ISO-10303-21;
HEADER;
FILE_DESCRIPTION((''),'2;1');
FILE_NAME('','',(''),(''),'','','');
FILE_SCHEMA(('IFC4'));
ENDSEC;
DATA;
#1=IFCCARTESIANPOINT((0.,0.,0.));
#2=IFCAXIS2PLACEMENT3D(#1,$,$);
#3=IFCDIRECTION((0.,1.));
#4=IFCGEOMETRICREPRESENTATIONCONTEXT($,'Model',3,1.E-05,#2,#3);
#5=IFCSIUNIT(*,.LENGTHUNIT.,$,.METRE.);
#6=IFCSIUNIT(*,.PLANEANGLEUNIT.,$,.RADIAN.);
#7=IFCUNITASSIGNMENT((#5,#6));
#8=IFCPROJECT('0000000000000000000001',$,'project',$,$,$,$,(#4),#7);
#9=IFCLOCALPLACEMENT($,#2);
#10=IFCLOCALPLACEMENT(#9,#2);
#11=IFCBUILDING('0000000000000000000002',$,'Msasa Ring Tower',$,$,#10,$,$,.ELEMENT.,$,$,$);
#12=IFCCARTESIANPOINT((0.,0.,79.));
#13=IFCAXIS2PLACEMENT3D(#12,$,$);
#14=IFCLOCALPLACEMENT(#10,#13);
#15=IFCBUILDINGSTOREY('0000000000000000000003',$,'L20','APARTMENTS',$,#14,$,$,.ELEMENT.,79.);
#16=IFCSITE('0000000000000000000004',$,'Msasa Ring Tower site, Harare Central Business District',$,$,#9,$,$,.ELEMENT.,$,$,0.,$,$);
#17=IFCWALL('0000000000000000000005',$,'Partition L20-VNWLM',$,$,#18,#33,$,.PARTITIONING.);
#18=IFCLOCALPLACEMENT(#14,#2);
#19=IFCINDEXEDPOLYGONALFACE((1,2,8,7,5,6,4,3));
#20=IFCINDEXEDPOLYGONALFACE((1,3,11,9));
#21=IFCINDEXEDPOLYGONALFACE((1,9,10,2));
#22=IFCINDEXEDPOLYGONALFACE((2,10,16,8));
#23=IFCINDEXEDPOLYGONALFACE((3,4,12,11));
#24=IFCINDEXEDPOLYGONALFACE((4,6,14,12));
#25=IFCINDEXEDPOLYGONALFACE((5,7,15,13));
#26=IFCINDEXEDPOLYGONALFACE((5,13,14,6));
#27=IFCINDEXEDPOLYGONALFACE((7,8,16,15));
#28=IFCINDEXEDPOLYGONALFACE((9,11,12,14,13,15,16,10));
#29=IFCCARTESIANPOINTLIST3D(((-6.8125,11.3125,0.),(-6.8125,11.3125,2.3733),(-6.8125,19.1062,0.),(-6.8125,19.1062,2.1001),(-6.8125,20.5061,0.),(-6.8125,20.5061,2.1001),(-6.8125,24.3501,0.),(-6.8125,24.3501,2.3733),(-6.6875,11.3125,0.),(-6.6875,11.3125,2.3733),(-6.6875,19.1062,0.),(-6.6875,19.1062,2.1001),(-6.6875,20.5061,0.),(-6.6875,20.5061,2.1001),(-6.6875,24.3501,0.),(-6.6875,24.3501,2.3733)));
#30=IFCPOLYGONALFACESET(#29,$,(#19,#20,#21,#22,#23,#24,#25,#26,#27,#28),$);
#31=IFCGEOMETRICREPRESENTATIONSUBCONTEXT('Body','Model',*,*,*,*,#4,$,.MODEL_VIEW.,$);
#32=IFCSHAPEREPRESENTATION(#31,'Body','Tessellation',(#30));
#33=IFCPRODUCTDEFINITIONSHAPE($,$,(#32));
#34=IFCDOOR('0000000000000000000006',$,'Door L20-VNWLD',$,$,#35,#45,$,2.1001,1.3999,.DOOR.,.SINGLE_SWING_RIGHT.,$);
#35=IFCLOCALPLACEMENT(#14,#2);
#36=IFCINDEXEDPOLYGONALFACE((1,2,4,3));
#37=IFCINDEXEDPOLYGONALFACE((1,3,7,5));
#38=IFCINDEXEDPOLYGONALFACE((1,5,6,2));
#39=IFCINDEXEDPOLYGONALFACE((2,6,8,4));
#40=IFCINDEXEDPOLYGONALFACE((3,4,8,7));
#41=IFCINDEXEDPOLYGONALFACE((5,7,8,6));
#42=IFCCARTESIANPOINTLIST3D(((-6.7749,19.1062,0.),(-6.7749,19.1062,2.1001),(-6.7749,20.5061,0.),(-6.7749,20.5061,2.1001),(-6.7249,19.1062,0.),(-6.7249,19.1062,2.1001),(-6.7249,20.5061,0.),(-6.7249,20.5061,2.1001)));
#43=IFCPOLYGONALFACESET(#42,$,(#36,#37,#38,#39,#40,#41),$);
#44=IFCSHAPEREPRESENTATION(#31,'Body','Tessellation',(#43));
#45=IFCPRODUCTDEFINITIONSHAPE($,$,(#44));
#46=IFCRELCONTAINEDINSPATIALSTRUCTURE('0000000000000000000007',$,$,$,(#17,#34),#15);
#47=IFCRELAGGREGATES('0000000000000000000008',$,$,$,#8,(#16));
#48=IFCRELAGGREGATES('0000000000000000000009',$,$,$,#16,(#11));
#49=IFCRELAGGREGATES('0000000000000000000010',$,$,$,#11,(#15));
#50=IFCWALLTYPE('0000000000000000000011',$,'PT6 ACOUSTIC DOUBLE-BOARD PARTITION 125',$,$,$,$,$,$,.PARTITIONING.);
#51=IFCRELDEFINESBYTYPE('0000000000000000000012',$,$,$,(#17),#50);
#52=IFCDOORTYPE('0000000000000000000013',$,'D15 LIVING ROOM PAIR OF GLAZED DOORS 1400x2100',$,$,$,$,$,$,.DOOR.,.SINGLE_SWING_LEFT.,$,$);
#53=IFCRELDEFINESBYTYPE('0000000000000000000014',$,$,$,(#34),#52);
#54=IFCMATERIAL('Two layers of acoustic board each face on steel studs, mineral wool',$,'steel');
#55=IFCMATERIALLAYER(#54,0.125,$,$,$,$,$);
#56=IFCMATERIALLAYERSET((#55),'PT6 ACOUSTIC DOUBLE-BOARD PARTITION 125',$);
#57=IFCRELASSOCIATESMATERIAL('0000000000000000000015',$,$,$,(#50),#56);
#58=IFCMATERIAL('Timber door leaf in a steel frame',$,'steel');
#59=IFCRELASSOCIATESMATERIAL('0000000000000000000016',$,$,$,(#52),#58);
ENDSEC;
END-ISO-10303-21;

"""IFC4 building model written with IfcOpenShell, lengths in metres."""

from ifc_helpers import new_model, si_unit, direction, frame, frame_2d, origin, place, context, subcontext, project, spatial, rectangle, extrude, material, layer, layer_set, type_object, element, fill, save


model = new_model("IFC4")

# Units and contexts
model_context = context("Model", 3, precision=1e-05, world=origin(), true_north=direction((0.0, 1.0)))
body_context = subcontext(model_context, "Body", "Model", "MODEL_VIEW")
ifc_project = project(units=[si_unit("LENGTHUNIT", "METRE"), si_unit("PLANEANGLEUNIT", "RADIAN")], contexts=[model_context])

# Site, building, storey
site_placement = place(None, origin())
site = spatial("IfcSite", under=ifc_project, at=site_placement, Name="Msasa Ring Tower site, Harare Central Business District", CompositionType="ELEMENT", RefElevation=0.0)
building_placement = place(site_placement, origin())
building = spatial("IfcBuilding", under=site, at=building_placement, Name="Msasa Ring Tower", CompositionType="ELEMENT")
storey_placement = place(building_placement, frame((0.0, 0.0, 79.0)))
storey = spatial("IfcBuildingStorey", under=building, at=storey_placement, Name="L20", Description="APARTMENTS", CompositionType="ELEMENT", Elevation=79.0)

# Wall, opening, door
ifc_material_1 = material(Name="Two layers of acoustic board each face on steel studs, mineral wool", Category="steel")
ifc_layer_1 = layer(ifc_material_1, 0.125)
ifc_layer_set_1 = layer_set([ifc_layer_1], Name="PT6 ACOUSTIC DOUBLE-BOARD PARTITION 125")
wall_type_1 = type_object("IfcWallType", Name="PT6 ACOUSTIC DOUBLE-BOARD PARTITION 125", PredefinedType="PARTITIONING", material=ifc_layer_set_1)
wall_1_placement = place(storey_placement, frame((-6.75, 11.3125, 0.0), z_axis=(0.0, 0.0, 1.0), x_axis=(0.0, 1.0, 0.0)))
wall_1 = element("IfcWall", 1, at=wall_1_placement, inside=storey, type_object=wall_type_1, Name="Partition L20-VNWLM", PredefinedType="PARTITIONING", context=body_context, shape_type="SweptSolid", body=[
    extrude(rectangle(XDim=13.0376, YDim=0.125, at=frame_2d((6.5188, 0.0))), origin(), (0.0, 0.0, 1.0), 2.3733),
])
opening_1_placement = place(wall_1_placement, frame((7.7937, 0.0, 0.0)))
opening_1 = element("IfcOpeningElement", 2, at=opening_1_placement, cuts=wall_1, PredefinedType="OPENING", context=body_context, shape_type="SweptSolid", body=[
    extrude(rectangle(XDim=1.3999, YDim=2.1001, at=frame_2d((0.7, 1.05))), frame((0.0, 0.0725, 0.0), z_axis=(0.0, -1.0, 0.0), x_axis=(1.0, 0.0, 0.0)), (0.0, 0.0, 1.0), 0.145),
])
ifc_material_2 = material(Name="Timber door leaf in a steel frame", Category="steel")
door_type_1 = type_object("IfcDoorType", Name="D15 LIVING ROOM PAIR OF GLAZED DOORS 1400x2100", OperationType="SINGLE_SWING_LEFT", PredefinedType="DOOR", material=ifc_material_2)
door_1_placement = place(opening_1_placement, origin())
door_1 = element("IfcDoor", 3, at=door_1_placement, inside=storey, type_object=door_type_1, Name="Door L20-VNWLD", OperationType="SINGLE_SWING_RIGHT", OverallHeight=2.1001, OverallWidth=1.3999, PredefinedType="DOOR", context=body_context, shape_type="SweptSolid", body=[
    extrude(rectangle(XDim=1.3999, YDim=2.1001, at=frame_2d((0.7, 1.05))), frame((0.0, 0.0249, 0.0), z_axis=(0.0, -1.0, 0.0), x_axis=(1.0, 0.0, 0.0)), (0.0, 0.0, 1.0), 0.05),
])
fill(opening_1, door_1)

save(model, "model.ifc")
